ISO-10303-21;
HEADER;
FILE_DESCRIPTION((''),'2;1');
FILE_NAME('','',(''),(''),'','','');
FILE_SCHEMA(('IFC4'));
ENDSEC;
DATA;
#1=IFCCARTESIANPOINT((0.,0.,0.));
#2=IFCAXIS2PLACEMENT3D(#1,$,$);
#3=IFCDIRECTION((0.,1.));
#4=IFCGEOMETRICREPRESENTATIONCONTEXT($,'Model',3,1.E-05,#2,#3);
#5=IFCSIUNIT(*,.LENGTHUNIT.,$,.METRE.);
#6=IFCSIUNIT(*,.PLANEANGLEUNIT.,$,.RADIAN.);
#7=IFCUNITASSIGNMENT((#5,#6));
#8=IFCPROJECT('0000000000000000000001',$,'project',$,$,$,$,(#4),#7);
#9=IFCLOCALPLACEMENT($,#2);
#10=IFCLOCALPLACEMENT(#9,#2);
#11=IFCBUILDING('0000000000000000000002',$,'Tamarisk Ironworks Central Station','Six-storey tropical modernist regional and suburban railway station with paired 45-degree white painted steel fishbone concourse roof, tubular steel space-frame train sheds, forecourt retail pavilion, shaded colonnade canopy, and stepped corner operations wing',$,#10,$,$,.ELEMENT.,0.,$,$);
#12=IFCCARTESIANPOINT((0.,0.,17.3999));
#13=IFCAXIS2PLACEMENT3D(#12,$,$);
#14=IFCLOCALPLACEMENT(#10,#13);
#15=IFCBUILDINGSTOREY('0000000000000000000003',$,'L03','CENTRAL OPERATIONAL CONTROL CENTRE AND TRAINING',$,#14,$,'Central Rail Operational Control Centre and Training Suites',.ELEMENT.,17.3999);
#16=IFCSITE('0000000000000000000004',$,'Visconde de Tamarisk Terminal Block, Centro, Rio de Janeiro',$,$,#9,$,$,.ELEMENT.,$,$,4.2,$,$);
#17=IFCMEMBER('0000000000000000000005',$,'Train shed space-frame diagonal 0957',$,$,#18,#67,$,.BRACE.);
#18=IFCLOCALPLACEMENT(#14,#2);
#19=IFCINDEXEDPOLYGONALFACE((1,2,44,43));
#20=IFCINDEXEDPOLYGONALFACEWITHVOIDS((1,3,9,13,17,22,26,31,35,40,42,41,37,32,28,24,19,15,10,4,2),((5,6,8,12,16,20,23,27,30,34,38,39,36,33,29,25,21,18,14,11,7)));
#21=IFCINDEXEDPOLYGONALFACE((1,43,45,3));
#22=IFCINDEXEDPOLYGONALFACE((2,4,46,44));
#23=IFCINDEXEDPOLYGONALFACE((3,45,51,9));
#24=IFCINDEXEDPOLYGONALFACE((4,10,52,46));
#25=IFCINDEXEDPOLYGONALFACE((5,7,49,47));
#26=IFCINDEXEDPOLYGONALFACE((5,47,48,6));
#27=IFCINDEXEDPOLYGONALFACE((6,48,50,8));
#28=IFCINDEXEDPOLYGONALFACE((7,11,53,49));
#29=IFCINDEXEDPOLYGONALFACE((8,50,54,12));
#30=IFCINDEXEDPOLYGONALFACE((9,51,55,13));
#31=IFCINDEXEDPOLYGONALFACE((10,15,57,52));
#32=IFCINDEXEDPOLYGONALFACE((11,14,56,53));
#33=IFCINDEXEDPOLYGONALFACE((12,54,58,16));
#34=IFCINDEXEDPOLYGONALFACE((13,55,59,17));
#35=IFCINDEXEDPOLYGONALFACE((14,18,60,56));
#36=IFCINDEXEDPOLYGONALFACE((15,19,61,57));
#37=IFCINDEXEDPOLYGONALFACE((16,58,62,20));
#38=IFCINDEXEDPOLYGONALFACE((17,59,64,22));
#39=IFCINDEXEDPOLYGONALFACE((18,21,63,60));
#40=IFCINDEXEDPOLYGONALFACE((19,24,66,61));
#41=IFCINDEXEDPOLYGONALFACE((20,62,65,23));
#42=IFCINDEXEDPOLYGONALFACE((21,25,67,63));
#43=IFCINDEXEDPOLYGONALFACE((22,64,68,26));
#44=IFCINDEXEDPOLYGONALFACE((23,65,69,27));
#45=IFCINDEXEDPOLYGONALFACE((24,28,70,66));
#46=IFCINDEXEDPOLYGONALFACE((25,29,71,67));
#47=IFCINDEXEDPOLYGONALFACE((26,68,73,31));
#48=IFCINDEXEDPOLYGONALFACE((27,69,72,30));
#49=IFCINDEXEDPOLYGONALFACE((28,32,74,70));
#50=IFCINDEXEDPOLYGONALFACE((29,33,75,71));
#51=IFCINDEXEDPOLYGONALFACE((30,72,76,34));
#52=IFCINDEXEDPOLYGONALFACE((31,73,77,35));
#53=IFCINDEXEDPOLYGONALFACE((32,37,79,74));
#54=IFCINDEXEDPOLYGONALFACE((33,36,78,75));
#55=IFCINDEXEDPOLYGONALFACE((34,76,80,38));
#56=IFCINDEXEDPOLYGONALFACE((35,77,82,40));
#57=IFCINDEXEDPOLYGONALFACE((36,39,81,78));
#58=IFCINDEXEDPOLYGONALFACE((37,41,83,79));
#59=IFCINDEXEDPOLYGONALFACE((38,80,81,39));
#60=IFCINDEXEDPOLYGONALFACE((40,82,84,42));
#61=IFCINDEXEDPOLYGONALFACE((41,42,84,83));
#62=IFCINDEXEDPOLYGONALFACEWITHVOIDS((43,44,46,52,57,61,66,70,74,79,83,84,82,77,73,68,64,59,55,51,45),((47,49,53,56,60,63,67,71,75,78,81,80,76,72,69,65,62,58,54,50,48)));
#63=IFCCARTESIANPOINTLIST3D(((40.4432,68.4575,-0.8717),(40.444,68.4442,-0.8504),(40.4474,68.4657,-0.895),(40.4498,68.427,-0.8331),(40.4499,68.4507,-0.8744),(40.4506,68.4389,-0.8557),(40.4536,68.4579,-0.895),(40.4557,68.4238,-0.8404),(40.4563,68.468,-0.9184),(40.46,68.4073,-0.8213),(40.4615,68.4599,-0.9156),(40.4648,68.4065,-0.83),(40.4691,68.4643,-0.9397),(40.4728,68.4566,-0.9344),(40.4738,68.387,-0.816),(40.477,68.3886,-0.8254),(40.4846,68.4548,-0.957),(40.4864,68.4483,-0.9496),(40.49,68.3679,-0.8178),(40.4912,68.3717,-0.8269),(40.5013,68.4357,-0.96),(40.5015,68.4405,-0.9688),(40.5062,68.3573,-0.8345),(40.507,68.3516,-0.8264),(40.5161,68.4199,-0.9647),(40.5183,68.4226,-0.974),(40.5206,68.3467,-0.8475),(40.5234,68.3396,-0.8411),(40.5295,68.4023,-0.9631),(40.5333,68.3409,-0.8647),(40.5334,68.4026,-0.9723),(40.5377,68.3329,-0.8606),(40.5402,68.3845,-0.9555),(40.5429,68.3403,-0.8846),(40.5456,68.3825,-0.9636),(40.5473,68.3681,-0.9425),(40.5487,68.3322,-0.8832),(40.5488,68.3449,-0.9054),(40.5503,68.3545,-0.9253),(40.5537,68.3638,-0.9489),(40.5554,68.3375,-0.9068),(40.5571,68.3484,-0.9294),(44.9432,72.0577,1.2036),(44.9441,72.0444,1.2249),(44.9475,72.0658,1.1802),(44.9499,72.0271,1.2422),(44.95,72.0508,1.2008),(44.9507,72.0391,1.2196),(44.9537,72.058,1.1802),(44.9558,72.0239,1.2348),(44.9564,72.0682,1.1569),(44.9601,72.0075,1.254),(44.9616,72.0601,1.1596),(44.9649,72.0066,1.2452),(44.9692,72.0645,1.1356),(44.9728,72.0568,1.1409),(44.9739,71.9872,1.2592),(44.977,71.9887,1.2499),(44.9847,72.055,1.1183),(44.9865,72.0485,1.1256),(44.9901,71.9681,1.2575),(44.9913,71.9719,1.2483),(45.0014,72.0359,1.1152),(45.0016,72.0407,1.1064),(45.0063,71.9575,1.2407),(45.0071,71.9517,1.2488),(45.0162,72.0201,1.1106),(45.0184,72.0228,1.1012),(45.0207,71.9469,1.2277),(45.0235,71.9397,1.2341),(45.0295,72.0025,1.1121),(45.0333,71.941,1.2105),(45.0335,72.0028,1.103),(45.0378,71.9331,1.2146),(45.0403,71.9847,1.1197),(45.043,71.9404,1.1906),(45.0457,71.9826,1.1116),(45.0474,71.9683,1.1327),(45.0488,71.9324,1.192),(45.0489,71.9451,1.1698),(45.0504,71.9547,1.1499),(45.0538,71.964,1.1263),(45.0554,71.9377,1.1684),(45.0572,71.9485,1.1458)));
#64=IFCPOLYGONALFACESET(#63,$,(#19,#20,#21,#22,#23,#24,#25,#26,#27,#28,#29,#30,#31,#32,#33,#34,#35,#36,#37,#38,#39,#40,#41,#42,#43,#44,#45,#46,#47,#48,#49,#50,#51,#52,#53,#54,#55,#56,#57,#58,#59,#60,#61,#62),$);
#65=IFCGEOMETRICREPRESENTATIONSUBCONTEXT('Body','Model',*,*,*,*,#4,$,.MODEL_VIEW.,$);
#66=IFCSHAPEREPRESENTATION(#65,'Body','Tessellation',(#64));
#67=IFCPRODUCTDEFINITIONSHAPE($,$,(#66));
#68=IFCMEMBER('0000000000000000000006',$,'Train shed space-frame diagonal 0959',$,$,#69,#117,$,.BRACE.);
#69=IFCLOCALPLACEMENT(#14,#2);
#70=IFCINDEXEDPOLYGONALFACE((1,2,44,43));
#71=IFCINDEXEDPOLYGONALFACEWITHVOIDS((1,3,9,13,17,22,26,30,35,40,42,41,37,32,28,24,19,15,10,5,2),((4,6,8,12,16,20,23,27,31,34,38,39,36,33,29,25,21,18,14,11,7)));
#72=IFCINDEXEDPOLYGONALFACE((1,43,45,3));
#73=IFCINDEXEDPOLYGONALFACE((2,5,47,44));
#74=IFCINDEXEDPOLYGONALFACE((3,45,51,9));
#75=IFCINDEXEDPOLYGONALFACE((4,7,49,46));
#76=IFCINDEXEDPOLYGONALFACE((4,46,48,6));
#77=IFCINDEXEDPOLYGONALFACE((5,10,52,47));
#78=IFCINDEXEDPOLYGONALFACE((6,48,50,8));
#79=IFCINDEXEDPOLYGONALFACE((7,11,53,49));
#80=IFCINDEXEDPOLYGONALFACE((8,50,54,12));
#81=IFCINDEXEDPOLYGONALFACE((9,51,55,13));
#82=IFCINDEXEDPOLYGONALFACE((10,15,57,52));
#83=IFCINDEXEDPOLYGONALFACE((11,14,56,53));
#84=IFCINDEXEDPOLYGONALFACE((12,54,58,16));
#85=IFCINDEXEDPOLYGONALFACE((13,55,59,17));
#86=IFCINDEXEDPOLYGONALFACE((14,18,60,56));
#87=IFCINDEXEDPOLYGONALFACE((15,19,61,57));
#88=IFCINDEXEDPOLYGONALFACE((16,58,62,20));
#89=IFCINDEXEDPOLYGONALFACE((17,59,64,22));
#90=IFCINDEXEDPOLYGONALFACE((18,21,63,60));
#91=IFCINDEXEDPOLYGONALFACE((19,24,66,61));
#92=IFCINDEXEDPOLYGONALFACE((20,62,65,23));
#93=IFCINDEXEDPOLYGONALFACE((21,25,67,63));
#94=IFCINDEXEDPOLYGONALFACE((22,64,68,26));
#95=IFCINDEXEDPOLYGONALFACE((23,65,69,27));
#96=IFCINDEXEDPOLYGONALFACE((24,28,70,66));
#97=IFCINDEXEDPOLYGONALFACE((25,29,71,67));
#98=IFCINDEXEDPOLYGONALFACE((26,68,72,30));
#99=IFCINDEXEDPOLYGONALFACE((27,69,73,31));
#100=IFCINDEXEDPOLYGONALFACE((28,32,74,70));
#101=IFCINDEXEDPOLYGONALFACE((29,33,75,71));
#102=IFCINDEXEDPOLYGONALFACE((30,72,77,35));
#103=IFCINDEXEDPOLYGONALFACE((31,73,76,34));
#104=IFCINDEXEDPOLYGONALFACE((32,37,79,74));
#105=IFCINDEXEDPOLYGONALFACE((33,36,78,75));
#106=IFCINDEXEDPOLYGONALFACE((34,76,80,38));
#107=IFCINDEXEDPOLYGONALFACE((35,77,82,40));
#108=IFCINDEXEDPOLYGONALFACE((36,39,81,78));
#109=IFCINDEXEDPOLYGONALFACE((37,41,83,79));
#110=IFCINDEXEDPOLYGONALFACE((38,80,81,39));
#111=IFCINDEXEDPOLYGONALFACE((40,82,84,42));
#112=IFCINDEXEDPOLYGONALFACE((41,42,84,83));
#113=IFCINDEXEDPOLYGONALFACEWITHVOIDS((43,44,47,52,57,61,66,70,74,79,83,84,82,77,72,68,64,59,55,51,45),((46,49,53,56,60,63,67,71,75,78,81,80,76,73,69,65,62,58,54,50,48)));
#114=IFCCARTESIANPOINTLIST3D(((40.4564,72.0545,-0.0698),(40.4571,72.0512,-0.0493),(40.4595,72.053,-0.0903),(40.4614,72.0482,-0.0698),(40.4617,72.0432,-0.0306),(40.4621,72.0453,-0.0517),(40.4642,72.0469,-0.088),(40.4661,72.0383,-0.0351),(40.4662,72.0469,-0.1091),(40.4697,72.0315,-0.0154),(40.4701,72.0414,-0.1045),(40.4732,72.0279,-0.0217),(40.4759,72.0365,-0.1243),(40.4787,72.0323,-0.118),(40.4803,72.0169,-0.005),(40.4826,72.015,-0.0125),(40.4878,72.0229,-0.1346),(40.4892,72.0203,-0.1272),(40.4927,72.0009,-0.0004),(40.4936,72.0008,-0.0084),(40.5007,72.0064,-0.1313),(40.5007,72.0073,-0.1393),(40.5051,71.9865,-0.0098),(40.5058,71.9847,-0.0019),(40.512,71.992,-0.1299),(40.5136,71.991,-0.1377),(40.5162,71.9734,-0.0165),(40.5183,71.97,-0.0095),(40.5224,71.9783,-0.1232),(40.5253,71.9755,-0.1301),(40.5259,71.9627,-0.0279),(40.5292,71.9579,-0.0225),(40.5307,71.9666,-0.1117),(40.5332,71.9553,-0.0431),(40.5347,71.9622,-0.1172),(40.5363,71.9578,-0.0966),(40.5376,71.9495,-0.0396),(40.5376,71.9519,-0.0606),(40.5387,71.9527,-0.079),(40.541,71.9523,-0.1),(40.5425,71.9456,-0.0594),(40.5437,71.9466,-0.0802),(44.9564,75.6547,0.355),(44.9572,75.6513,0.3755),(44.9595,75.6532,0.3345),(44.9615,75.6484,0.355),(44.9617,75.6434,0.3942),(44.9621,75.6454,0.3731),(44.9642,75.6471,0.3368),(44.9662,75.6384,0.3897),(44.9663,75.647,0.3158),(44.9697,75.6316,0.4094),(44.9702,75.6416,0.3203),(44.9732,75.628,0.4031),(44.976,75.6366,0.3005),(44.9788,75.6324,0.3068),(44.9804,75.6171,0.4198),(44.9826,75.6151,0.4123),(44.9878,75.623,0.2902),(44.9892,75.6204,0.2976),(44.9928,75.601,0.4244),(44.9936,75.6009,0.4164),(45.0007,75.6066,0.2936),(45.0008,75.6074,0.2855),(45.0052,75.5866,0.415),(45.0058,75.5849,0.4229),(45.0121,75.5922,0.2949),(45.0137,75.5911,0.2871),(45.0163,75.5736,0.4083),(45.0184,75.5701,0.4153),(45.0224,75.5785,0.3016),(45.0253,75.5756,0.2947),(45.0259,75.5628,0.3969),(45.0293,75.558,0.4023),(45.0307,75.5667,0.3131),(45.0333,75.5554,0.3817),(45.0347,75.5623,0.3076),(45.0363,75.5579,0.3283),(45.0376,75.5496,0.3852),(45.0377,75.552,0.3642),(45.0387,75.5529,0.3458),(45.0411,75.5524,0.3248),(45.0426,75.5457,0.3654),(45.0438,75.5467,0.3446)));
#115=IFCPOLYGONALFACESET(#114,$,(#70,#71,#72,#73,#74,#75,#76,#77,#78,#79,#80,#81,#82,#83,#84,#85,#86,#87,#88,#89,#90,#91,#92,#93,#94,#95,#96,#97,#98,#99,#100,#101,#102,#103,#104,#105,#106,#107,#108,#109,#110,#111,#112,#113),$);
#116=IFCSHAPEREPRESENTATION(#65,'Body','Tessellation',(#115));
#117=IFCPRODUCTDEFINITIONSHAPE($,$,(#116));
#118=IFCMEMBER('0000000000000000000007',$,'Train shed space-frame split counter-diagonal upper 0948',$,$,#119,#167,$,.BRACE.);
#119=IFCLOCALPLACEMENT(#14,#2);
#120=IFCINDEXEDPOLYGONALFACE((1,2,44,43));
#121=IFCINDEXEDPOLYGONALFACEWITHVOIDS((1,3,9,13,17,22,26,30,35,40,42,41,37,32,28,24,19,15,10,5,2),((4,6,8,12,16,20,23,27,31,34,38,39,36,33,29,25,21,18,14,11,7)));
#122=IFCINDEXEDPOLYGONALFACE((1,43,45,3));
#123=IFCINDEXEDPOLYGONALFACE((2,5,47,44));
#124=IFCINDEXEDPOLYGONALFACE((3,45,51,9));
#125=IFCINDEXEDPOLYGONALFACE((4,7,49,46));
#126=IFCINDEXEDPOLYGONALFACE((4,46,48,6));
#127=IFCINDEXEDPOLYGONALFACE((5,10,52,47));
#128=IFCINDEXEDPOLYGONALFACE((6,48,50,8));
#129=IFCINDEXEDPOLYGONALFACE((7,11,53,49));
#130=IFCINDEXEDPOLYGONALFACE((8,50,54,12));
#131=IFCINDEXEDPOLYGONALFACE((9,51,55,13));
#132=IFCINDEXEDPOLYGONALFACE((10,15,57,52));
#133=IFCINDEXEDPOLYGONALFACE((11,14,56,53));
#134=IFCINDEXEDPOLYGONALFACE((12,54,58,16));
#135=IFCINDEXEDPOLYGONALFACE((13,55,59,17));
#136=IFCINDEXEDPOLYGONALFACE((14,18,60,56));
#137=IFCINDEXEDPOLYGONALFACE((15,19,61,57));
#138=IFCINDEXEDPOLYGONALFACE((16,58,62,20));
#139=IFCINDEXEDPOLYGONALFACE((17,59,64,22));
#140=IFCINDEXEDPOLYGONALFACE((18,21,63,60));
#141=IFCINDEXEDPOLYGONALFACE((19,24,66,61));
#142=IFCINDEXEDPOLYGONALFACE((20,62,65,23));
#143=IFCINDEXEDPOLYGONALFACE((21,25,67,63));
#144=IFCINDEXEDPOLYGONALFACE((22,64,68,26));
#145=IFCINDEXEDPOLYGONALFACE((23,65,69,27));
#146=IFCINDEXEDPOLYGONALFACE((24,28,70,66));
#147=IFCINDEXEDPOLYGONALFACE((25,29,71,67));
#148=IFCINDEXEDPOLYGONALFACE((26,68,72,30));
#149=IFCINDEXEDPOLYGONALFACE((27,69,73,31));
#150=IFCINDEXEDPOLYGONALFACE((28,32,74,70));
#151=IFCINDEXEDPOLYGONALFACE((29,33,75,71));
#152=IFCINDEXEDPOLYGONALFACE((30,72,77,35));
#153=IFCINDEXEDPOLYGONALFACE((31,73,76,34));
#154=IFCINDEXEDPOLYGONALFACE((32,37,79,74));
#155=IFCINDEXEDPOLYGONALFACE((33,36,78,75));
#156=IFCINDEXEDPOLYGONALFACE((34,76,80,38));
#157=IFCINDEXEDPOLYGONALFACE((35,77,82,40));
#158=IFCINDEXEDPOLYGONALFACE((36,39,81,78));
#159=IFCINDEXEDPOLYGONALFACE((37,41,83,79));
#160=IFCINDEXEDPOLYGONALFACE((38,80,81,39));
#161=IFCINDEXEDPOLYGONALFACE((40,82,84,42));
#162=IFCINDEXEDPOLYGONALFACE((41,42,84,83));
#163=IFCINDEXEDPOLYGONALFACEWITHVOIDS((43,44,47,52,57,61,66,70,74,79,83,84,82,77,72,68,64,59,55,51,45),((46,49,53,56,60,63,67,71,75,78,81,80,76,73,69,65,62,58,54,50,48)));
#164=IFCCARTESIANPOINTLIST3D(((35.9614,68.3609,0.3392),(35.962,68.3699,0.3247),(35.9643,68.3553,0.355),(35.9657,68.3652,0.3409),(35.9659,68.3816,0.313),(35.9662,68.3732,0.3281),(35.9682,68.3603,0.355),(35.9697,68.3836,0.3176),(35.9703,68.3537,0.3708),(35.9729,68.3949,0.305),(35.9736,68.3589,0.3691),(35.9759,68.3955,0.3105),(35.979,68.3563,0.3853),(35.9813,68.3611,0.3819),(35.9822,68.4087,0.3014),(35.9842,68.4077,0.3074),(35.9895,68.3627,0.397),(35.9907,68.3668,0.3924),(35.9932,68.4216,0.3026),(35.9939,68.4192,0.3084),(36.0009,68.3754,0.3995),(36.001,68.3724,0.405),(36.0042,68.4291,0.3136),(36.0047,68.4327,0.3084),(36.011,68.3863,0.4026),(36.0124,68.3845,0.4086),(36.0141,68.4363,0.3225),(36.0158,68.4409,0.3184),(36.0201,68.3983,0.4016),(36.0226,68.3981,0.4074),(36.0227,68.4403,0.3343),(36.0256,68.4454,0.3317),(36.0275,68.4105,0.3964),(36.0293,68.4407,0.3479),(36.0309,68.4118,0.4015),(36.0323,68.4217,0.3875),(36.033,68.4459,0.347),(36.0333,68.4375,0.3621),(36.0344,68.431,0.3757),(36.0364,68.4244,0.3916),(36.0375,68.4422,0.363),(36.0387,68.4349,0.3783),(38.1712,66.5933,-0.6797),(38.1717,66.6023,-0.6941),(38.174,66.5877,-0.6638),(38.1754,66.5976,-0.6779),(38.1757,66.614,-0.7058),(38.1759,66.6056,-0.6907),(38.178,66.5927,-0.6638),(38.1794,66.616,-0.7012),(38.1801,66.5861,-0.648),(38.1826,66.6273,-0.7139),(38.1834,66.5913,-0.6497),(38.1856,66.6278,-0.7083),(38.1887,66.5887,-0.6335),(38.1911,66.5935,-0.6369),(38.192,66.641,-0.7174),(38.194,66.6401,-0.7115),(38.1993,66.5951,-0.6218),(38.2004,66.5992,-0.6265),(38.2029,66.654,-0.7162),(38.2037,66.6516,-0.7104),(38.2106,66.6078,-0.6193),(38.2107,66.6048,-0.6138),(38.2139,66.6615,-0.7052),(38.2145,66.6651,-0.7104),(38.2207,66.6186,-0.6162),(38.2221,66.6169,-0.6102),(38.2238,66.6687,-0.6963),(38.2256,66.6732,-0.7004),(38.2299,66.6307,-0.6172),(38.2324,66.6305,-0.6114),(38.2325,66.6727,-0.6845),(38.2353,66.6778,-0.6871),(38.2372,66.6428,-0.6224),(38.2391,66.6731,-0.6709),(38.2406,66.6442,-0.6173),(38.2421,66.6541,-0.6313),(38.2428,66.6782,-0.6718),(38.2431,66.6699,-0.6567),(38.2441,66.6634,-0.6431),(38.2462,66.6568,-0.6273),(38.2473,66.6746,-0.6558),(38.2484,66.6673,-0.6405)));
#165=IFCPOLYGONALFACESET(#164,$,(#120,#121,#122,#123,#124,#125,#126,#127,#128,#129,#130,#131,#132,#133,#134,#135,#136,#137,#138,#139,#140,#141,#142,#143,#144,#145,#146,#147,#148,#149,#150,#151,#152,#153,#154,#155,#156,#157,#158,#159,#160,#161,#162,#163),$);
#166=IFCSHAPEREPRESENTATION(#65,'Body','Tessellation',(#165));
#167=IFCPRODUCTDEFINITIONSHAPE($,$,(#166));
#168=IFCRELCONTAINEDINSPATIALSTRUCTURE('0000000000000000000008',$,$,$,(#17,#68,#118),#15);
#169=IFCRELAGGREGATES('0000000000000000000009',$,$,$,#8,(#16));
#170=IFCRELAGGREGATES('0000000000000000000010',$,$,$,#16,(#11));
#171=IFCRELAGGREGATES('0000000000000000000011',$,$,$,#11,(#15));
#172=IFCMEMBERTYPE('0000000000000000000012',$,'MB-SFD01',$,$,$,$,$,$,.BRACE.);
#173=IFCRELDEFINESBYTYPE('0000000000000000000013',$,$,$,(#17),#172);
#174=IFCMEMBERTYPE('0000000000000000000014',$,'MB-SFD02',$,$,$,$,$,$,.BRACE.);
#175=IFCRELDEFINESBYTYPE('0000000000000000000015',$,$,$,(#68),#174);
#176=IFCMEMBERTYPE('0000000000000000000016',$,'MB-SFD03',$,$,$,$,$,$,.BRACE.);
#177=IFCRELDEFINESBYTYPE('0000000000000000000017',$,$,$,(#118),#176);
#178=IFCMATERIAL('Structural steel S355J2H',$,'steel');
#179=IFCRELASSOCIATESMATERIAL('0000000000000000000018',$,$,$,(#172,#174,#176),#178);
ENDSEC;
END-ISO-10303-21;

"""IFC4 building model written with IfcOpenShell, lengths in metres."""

from ifc_helpers import new_model, si_unit, direction, frame, origin, origin_2d, place, context, subcontext, project, spatial, hollow_circle, extrude, material, material_profile, profile_set, type_object, element, save


model = new_model("IFC4")

# Units and contexts
model_context = context("Model", 3, precision=1e-05, world=origin(), true_north=direction((0.0, 1.0)))
body_context = subcontext(model_context, "Body", "Model", "MODEL_VIEW")
ifc_project = project(units=[si_unit("LENGTHUNIT", "METRE"), si_unit("PLANEANGLEUNIT", "RADIAN")], contexts=[model_context])

# Site, building, storey
site_placement = place(None, origin())
site = spatial("IfcSite", under=ifc_project, at=site_placement, Name="Visconde de Tamarisk Terminal Block, Centro, Rio de Janeiro", CompositionType="ELEMENT", RefElevation=4.2)
building_placement = place(site_placement, origin())
building = spatial("IfcBuilding", under=site, at=building_placement, Name="Tamarisk Ironworks Central Station", Description="Six-storey tropical modernist regional and suburban railway station with paired 45-degree white painted steel fishbone concourse roof, tubular steel space-frame train sheds, forecourt retail pavilion, shaded colonnade canopy, and stepped corner operations wing", CompositionType="ELEMENT", ElevationOfRefHeight=0.0)
storey_placement = place(building_placement, frame((0.0, 0.0, 17.3999)))
storey = spatial("IfcBuildingStorey", under=building, at=storey_placement, Name="L03", Description="CENTRAL OPERATIONAL CONTROL CENTRE AND TRAINING", LongName="Central Rail Operational Control Centre and Training Suites", CompositionType="ELEMENT", Elevation=17.3999)

# Members
ifc_material_1 = material(Name="Structural steel S355J2H", Category="steel")
ifc_material_profile_1 = material_profile(ifc_material_1, hollow_circle(Radius=0.0842, WallThickness=0.01, at=origin_2d()), Name="CHS 168.3x10")
ifc_profile_set_1 = profile_set([ifc_material_profile_1], Name="Structural steel S355J2H")
member_type_1 = type_object("IfcMemberType", Name="MB-SFD01", PredefinedType="BRACE", material=ifc_profile_set_1)
member_1_placement = place(storey_placement, frame((40.5, 68.3999, -0.895), z_axis=(0.734679, 0.587759, 0.338801), x_axis=(-0.624705, 0.780861, 0.0)))
element("IfcMember", 1, at=member_1_placement, inside=storey, type_object=member_type_1, Name="Train shed space-frame diagonal 0957", PredefinedType="BRACE", context=body_context, shape_type="SweptSolid", body=[
    extrude(hollow_circle(Radius=0.0842, WallThickness=0.01, at=origin_2d()), origin(), (0.0, 0.0, 1.0), 6.1252),
])
ifc_material_profile_2 = material_profile(ifc_material_1, hollow_circle(Radius=0.0698, WallThickness=0.0081, at=origin_2d()), Name="CHS 139.7x8")
ifc_profile_set_2 = profile_set([ifc_material_profile_2], Name="Structural steel S355J2H")
member_type_2 = type_object("IfcMemberType", Name="MB-SFD02", PredefinedType="BRACE", material=ifc_profile_set_2)
member_2_placement = place(storey_placement, frame((40.5, 72.0, -0.0698), z_axis=(0.778748, 0.623015, 0.073515), x_axis=(-0.624705, 0.780861, 0.0)))
element("IfcMember", 2, at=member_2_placement, inside=storey, type_object=member_type_2, Name="Train shed space-frame diagonal 0959", PredefinedType="BRACE", context=body_context, shape_type="SweptSolid", body=[
    extrude(hollow_circle(Radius=0.0698, WallThickness=0.0081, at=origin_2d()), origin(), (0.0, 0.0, 1.0), 5.7786),
])
ifc_material_profile_3 = material_profile(ifc_material_1, hollow_circle(Radius=0.0571, WallThickness=0.0063, at=origin_2d()), Name="CHS 114.3x6.3")
ifc_profile_set_3 = profile_set([ifc_material_profile_3], Name="Structural steel S355J2H")
member_type_3 = type_object("IfcMemberType", Name="MB-SFD03", PredefinedType="BRACE", material=ifc_profile_set_3)
member_3_placement = place(storey_placement, frame((38.2097, 66.6323, -0.6638), z_axis=(-0.734732, 0.587721, 0.338751), x_axis=(-0.624653, -0.780902, 0.0)))
element("IfcMember", 3, at=member_3_placement, inside=storey, type_object=member_type_3, Name="Train shed space-frame split counter-diagonal upper 0948", PredefinedType="BRACE", context=body_context, shape_type="SweptSolid", body=[
    extrude(hollow_circle(Radius=0.0571, WallThickness=0.0063, at=origin_2d()), origin(), (0.0, 0.0, 1.0), 3.0076),
])

save(model, "model.ifc")
